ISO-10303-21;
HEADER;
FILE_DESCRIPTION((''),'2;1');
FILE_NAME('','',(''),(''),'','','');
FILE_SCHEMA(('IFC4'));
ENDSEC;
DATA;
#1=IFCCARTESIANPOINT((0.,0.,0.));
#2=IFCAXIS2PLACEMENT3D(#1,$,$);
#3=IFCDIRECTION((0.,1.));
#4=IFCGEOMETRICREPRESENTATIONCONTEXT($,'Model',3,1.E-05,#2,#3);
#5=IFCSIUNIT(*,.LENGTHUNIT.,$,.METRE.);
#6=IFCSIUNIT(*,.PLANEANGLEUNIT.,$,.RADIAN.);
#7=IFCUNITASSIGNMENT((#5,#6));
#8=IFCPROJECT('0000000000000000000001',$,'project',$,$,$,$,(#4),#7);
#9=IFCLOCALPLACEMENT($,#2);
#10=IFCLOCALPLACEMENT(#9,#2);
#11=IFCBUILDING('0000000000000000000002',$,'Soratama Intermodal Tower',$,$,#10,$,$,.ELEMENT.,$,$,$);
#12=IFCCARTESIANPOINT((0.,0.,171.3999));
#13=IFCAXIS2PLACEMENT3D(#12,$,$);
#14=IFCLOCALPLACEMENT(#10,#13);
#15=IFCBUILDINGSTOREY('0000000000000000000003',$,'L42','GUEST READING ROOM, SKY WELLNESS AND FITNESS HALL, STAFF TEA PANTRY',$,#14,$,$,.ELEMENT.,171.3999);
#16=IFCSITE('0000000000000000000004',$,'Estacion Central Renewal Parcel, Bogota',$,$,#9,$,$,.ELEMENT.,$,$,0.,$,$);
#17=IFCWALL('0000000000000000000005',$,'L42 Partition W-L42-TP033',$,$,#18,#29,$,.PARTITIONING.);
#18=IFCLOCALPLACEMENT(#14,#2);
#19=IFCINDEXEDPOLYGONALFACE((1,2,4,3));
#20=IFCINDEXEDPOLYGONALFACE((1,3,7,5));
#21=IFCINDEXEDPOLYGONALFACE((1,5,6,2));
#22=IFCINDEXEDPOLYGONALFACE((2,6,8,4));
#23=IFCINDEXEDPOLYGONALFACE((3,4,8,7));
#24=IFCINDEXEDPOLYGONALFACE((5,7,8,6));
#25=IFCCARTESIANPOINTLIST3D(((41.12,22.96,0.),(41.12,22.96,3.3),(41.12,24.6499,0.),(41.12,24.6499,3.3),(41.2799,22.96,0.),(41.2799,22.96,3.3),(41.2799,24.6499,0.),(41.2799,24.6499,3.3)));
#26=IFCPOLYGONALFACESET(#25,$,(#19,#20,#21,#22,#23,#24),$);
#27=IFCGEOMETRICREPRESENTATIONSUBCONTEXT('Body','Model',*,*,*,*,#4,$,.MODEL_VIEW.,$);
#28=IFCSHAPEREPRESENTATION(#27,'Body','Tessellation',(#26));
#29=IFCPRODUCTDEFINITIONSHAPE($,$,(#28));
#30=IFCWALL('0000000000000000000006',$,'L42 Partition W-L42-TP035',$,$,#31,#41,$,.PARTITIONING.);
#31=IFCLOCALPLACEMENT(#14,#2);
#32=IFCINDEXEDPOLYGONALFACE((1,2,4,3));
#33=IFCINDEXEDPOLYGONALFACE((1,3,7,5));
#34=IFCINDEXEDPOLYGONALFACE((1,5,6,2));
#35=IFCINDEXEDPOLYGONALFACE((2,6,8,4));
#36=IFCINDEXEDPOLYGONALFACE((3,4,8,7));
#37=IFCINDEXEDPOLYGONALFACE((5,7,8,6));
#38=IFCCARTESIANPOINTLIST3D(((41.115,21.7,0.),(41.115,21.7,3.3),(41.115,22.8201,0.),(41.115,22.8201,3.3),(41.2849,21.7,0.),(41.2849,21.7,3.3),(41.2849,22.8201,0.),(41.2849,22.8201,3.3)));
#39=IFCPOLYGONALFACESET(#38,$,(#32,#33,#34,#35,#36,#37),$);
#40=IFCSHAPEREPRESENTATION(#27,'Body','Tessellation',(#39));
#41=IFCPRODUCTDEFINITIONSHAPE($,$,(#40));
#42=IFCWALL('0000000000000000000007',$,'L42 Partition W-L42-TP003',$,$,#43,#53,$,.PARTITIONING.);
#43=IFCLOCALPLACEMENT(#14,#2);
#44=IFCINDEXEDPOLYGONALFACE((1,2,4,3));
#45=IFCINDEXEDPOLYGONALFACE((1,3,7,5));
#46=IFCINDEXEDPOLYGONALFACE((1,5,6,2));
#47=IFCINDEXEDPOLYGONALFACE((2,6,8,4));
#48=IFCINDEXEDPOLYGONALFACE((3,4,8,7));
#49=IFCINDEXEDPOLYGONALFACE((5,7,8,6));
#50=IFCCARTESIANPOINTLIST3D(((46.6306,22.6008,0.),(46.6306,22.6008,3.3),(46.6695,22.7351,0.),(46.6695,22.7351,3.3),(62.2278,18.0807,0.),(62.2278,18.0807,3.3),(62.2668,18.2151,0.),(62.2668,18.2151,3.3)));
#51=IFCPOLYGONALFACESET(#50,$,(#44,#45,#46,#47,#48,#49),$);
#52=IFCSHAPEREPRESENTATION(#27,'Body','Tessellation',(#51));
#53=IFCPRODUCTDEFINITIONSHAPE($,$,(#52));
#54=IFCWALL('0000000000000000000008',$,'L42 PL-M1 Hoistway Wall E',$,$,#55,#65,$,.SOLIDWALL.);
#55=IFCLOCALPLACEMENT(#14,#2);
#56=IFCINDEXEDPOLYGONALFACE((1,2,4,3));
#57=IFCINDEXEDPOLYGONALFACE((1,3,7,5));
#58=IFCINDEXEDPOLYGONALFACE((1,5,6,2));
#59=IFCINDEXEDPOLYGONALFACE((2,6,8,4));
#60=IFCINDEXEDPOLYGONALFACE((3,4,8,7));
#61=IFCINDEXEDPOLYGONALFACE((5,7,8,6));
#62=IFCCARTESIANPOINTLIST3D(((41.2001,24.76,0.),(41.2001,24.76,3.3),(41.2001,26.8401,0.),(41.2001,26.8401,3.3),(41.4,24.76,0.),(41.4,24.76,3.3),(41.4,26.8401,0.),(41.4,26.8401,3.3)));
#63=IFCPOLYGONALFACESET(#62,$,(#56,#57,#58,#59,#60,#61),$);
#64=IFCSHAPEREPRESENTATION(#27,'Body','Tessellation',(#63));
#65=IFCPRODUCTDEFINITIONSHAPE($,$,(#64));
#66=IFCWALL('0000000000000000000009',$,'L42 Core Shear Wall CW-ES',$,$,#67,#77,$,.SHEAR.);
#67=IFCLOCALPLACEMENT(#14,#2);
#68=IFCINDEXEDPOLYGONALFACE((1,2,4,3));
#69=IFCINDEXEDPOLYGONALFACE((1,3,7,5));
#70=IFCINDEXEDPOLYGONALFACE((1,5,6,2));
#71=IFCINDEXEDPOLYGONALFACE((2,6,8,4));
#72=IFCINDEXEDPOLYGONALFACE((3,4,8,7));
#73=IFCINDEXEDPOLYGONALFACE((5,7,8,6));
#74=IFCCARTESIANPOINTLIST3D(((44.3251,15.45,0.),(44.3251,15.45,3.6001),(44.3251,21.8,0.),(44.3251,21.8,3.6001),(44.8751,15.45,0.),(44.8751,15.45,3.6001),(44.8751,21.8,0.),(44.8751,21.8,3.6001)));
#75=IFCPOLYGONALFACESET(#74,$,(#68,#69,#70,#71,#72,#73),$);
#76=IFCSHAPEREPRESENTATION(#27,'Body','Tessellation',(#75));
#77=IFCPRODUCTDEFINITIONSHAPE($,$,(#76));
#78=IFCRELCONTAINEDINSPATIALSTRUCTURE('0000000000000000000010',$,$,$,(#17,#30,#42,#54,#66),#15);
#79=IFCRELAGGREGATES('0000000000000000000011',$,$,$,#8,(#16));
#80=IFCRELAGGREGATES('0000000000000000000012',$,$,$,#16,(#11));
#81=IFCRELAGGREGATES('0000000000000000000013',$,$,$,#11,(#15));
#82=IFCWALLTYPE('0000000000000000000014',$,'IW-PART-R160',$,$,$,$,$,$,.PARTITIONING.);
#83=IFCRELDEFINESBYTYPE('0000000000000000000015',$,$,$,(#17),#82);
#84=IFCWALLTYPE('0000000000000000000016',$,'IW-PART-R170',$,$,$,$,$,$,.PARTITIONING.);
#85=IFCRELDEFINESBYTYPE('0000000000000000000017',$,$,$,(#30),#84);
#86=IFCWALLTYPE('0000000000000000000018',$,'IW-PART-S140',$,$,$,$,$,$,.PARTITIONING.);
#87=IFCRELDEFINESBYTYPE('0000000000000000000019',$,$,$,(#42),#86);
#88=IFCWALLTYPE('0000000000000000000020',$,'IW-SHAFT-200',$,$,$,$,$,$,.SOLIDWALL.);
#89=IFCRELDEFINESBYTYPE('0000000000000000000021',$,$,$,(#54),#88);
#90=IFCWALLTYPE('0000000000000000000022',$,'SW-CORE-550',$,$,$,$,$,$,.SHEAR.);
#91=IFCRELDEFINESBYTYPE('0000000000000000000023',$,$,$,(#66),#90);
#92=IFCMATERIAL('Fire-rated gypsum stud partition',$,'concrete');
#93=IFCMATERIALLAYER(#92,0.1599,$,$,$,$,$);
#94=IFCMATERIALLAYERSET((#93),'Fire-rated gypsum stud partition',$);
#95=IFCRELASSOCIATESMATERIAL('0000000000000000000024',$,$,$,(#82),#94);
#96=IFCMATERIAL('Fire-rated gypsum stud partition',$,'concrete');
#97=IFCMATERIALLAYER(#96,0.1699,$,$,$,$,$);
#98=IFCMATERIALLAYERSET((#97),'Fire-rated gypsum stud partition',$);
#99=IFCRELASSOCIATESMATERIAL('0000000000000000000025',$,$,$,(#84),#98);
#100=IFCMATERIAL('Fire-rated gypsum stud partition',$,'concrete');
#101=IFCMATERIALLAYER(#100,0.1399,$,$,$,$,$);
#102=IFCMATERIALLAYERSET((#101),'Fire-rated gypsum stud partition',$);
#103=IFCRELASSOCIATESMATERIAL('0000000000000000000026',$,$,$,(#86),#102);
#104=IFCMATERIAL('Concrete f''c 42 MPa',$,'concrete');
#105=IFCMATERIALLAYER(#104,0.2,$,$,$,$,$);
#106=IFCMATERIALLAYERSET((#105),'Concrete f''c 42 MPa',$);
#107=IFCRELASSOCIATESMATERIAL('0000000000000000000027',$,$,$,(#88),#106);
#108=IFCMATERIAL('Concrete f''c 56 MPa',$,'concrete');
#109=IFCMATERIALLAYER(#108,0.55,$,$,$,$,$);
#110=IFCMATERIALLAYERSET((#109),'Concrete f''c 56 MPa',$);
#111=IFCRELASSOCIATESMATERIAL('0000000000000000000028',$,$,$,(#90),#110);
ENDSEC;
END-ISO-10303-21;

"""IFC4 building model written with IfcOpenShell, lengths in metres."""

from ifc_helpers import new_model, si_unit, direction, frame, frame_2d, origin, place, context, subcontext, project, spatial, rectangle, extrude, material, layer, layer_set, type_object, element, save


model = new_model("IFC4")

# Units and contexts
model_context = context("Model", 3, precision=1e-05, world=origin(), true_north=direction((0.0, 1.0)))
body_context = subcontext(model_context, "Body", "Model", "MODEL_VIEW")
ifc_project = project(units=[si_unit("LENGTHUNIT", "METRE"), si_unit("PLANEANGLEUNIT", "RADIAN")], contexts=[model_context])

# Site, building, storey
site_placement = place(None, origin())
site = spatial("IfcSite", under=ifc_project, at=site_placement, Name="Estacion Central Renewal Parcel, Bogota", CompositionType="ELEMENT", RefElevation=0.0)
building_placement = place(site_placement, origin())
building = spatial("IfcBuilding", under=site, at=building_placement, Name="Soratama Intermodal Tower", CompositionType="ELEMENT")
storey_placement = place(building_placement, frame((0.0, 0.0, 171.3999)))
storey = spatial("IfcBuildingStorey", under=building, at=storey_placement, Name="L42", Description="GUEST READING ROOM, SKY WELLNESS AND FITNESS HALL, STAFF TEA PANTRY", CompositionType="ELEMENT", Elevation=171.3999)

# Shared definitions
ifc_material_1 = material(Name="Fire-rated gypsum stud partition", Category="concrete")
ifc_layer_1 = layer(ifc_material_1, 0.1599)
ifc_layer_set_1 = layer_set([ifc_layer_1], Name="Fire-rated gypsum stud partition")
wall_type_1 = type_object("IfcWallType", Name="IW-PART-R160", PredefinedType="PARTITIONING", material=ifc_layer_set_1)

# Wall
wall_1_placement = place(storey_placement, frame((41.2, 22.96, 0.0), z_axis=(0.0, 0.0, 1.0), x_axis=(0.0, 1.0, 0.0)))
element("IfcWall", 1, at=wall_1_placement, inside=storey, type_object=wall_type_1, Name="L42 Partition W-L42-TP033", PredefinedType="PARTITIONING", context=body_context, shape_type="SweptSolid", body=[
    extrude(rectangle(XDim=1.6899, YDim=0.1599, at=frame_2d((0.845, 0.0))), origin(), (0.0, 0.0, 1.0), 3.3),
])

# Shared definitions
ifc_material_2 = material(Name="Fire-rated gypsum stud partition", Category="concrete")
ifc_layer_2 = layer(ifc_material_2, 0.1699)
ifc_layer_set_2 = layer_set([ifc_layer_2], Name="Fire-rated gypsum stud partition")
wall_type_2 = type_object("IfcWallType", Name="IW-PART-R170", PredefinedType="PARTITIONING", material=ifc_layer_set_2)

# Walls
wall_2_placement = place(storey_placement, frame((41.2, 21.7, 0.0), z_axis=(0.0, 0.0, 1.0), x_axis=(0.0, 1.0, 0.0)))
element("IfcWall", 2, at=wall_2_placement, inside=storey, type_object=wall_type_2, Name="L42 Partition W-L42-TP035", PredefinedType="PARTITIONING", context=body_context, shape_type="SweptSolid", body=[
    extrude(rectangle(XDim=1.1201, YDim=0.1699, at=frame_2d((0.5601, 0.0))), origin(), (0.0, 0.0, 1.0), 3.3),
])
ifc_material_3 = material(Name="Fire-rated gypsum stud partition", Category="concrete")
ifc_layer_3 = layer(ifc_material_3, 0.1399)
ifc_layer_set_3 = layer_set([ifc_layer_3], Name="Fire-rated gypsum stud partition")
wall_type_3 = type_object("IfcWallType", Name="IW-PART-S140", PredefinedType="PARTITIONING", material=ifc_layer_set_3)
wall_3_placement = place(storey_placement, frame((46.6499, 22.668, 0.0), z_axis=(0.0, 0.0, 1.0), x_axis=(0.960481, -0.278345, 0.0)))
element("IfcWall", 3, at=wall_3_placement, inside=storey, type_object=wall_type_3, Name="L42 Partition W-L42-TP003", PredefinedType="PARTITIONING", context=body_context, shape_type="SweptSolid", body=[
    extrude(rectangle(XDim=16.239, YDim=0.1399, at=frame_2d((8.1196, 0.0))), origin(), (0.0, 0.0, 1.0), 3.3),
])
ifc_material_4 = material(Name="Concrete f'c 42 MPa", Category="concrete")
ifc_layer_4 = layer(ifc_material_4, 0.2)
ifc_layer_set_4 = layer_set([ifc_layer_4], Name="Concrete f'c 42 MPa")
wall_type_4 = type_object("IfcWallType", Name="IW-SHAFT-200", PredefinedType="SOLIDWALL", material=ifc_layer_set_4)
wall_4_placement = place(storey_placement, frame((41.3, 24.76, 0.0), z_axis=(0.0, 0.0, 1.0), x_axis=(0.0, 1.0, 0.0)))
element("IfcWall", 4, at=wall_4_placement, inside=storey, type_object=wall_type_4, Name="L42 PL-M1 Hoistway Wall E", PredefinedType="SOLIDWALL", context=body_context, shape_type="SweptSolid", body=[
    extrude(rectangle(XDim=2.0801, YDim=0.2, at=frame_2d((1.04, 0.0))), origin(), (0.0, 0.0, 1.0), 3.3),
])
ifc_material_5 = material(Name="Concrete f'c 56 MPa", Category="concrete")
ifc_layer_5 = layer(ifc_material_5, 0.55)
ifc_layer_set_5 = layer_set([ifc_layer_5], Name="Concrete f'c 56 MPa")
wall_type_5 = type_object("IfcWallType", Name="SW-CORE-550", PredefinedType="SHEAR", material=ifc_layer_set_5)
wall_5_placement = place(storey_placement, frame((44.6001, 15.45, 0.0), z_axis=(0.0, 0.0, 1.0), x_axis=(0.0, 1.0, 0.0)))
element("IfcWall", 5, at=wall_5_placement, inside=storey, type_object=wall_type_5, Name="L42 Core Shear Wall CW-ES", PredefinedType="SHEAR", context=body_context, shape_type="SweptSolid", body=[
    extrude(rectangle(XDim=6.3501, YDim=0.55, at=frame_2d((3.175, 0.0))), origin(), (0.0, 0.0, 1.0), 3.6001),
])

save(model, "model.ifc")
